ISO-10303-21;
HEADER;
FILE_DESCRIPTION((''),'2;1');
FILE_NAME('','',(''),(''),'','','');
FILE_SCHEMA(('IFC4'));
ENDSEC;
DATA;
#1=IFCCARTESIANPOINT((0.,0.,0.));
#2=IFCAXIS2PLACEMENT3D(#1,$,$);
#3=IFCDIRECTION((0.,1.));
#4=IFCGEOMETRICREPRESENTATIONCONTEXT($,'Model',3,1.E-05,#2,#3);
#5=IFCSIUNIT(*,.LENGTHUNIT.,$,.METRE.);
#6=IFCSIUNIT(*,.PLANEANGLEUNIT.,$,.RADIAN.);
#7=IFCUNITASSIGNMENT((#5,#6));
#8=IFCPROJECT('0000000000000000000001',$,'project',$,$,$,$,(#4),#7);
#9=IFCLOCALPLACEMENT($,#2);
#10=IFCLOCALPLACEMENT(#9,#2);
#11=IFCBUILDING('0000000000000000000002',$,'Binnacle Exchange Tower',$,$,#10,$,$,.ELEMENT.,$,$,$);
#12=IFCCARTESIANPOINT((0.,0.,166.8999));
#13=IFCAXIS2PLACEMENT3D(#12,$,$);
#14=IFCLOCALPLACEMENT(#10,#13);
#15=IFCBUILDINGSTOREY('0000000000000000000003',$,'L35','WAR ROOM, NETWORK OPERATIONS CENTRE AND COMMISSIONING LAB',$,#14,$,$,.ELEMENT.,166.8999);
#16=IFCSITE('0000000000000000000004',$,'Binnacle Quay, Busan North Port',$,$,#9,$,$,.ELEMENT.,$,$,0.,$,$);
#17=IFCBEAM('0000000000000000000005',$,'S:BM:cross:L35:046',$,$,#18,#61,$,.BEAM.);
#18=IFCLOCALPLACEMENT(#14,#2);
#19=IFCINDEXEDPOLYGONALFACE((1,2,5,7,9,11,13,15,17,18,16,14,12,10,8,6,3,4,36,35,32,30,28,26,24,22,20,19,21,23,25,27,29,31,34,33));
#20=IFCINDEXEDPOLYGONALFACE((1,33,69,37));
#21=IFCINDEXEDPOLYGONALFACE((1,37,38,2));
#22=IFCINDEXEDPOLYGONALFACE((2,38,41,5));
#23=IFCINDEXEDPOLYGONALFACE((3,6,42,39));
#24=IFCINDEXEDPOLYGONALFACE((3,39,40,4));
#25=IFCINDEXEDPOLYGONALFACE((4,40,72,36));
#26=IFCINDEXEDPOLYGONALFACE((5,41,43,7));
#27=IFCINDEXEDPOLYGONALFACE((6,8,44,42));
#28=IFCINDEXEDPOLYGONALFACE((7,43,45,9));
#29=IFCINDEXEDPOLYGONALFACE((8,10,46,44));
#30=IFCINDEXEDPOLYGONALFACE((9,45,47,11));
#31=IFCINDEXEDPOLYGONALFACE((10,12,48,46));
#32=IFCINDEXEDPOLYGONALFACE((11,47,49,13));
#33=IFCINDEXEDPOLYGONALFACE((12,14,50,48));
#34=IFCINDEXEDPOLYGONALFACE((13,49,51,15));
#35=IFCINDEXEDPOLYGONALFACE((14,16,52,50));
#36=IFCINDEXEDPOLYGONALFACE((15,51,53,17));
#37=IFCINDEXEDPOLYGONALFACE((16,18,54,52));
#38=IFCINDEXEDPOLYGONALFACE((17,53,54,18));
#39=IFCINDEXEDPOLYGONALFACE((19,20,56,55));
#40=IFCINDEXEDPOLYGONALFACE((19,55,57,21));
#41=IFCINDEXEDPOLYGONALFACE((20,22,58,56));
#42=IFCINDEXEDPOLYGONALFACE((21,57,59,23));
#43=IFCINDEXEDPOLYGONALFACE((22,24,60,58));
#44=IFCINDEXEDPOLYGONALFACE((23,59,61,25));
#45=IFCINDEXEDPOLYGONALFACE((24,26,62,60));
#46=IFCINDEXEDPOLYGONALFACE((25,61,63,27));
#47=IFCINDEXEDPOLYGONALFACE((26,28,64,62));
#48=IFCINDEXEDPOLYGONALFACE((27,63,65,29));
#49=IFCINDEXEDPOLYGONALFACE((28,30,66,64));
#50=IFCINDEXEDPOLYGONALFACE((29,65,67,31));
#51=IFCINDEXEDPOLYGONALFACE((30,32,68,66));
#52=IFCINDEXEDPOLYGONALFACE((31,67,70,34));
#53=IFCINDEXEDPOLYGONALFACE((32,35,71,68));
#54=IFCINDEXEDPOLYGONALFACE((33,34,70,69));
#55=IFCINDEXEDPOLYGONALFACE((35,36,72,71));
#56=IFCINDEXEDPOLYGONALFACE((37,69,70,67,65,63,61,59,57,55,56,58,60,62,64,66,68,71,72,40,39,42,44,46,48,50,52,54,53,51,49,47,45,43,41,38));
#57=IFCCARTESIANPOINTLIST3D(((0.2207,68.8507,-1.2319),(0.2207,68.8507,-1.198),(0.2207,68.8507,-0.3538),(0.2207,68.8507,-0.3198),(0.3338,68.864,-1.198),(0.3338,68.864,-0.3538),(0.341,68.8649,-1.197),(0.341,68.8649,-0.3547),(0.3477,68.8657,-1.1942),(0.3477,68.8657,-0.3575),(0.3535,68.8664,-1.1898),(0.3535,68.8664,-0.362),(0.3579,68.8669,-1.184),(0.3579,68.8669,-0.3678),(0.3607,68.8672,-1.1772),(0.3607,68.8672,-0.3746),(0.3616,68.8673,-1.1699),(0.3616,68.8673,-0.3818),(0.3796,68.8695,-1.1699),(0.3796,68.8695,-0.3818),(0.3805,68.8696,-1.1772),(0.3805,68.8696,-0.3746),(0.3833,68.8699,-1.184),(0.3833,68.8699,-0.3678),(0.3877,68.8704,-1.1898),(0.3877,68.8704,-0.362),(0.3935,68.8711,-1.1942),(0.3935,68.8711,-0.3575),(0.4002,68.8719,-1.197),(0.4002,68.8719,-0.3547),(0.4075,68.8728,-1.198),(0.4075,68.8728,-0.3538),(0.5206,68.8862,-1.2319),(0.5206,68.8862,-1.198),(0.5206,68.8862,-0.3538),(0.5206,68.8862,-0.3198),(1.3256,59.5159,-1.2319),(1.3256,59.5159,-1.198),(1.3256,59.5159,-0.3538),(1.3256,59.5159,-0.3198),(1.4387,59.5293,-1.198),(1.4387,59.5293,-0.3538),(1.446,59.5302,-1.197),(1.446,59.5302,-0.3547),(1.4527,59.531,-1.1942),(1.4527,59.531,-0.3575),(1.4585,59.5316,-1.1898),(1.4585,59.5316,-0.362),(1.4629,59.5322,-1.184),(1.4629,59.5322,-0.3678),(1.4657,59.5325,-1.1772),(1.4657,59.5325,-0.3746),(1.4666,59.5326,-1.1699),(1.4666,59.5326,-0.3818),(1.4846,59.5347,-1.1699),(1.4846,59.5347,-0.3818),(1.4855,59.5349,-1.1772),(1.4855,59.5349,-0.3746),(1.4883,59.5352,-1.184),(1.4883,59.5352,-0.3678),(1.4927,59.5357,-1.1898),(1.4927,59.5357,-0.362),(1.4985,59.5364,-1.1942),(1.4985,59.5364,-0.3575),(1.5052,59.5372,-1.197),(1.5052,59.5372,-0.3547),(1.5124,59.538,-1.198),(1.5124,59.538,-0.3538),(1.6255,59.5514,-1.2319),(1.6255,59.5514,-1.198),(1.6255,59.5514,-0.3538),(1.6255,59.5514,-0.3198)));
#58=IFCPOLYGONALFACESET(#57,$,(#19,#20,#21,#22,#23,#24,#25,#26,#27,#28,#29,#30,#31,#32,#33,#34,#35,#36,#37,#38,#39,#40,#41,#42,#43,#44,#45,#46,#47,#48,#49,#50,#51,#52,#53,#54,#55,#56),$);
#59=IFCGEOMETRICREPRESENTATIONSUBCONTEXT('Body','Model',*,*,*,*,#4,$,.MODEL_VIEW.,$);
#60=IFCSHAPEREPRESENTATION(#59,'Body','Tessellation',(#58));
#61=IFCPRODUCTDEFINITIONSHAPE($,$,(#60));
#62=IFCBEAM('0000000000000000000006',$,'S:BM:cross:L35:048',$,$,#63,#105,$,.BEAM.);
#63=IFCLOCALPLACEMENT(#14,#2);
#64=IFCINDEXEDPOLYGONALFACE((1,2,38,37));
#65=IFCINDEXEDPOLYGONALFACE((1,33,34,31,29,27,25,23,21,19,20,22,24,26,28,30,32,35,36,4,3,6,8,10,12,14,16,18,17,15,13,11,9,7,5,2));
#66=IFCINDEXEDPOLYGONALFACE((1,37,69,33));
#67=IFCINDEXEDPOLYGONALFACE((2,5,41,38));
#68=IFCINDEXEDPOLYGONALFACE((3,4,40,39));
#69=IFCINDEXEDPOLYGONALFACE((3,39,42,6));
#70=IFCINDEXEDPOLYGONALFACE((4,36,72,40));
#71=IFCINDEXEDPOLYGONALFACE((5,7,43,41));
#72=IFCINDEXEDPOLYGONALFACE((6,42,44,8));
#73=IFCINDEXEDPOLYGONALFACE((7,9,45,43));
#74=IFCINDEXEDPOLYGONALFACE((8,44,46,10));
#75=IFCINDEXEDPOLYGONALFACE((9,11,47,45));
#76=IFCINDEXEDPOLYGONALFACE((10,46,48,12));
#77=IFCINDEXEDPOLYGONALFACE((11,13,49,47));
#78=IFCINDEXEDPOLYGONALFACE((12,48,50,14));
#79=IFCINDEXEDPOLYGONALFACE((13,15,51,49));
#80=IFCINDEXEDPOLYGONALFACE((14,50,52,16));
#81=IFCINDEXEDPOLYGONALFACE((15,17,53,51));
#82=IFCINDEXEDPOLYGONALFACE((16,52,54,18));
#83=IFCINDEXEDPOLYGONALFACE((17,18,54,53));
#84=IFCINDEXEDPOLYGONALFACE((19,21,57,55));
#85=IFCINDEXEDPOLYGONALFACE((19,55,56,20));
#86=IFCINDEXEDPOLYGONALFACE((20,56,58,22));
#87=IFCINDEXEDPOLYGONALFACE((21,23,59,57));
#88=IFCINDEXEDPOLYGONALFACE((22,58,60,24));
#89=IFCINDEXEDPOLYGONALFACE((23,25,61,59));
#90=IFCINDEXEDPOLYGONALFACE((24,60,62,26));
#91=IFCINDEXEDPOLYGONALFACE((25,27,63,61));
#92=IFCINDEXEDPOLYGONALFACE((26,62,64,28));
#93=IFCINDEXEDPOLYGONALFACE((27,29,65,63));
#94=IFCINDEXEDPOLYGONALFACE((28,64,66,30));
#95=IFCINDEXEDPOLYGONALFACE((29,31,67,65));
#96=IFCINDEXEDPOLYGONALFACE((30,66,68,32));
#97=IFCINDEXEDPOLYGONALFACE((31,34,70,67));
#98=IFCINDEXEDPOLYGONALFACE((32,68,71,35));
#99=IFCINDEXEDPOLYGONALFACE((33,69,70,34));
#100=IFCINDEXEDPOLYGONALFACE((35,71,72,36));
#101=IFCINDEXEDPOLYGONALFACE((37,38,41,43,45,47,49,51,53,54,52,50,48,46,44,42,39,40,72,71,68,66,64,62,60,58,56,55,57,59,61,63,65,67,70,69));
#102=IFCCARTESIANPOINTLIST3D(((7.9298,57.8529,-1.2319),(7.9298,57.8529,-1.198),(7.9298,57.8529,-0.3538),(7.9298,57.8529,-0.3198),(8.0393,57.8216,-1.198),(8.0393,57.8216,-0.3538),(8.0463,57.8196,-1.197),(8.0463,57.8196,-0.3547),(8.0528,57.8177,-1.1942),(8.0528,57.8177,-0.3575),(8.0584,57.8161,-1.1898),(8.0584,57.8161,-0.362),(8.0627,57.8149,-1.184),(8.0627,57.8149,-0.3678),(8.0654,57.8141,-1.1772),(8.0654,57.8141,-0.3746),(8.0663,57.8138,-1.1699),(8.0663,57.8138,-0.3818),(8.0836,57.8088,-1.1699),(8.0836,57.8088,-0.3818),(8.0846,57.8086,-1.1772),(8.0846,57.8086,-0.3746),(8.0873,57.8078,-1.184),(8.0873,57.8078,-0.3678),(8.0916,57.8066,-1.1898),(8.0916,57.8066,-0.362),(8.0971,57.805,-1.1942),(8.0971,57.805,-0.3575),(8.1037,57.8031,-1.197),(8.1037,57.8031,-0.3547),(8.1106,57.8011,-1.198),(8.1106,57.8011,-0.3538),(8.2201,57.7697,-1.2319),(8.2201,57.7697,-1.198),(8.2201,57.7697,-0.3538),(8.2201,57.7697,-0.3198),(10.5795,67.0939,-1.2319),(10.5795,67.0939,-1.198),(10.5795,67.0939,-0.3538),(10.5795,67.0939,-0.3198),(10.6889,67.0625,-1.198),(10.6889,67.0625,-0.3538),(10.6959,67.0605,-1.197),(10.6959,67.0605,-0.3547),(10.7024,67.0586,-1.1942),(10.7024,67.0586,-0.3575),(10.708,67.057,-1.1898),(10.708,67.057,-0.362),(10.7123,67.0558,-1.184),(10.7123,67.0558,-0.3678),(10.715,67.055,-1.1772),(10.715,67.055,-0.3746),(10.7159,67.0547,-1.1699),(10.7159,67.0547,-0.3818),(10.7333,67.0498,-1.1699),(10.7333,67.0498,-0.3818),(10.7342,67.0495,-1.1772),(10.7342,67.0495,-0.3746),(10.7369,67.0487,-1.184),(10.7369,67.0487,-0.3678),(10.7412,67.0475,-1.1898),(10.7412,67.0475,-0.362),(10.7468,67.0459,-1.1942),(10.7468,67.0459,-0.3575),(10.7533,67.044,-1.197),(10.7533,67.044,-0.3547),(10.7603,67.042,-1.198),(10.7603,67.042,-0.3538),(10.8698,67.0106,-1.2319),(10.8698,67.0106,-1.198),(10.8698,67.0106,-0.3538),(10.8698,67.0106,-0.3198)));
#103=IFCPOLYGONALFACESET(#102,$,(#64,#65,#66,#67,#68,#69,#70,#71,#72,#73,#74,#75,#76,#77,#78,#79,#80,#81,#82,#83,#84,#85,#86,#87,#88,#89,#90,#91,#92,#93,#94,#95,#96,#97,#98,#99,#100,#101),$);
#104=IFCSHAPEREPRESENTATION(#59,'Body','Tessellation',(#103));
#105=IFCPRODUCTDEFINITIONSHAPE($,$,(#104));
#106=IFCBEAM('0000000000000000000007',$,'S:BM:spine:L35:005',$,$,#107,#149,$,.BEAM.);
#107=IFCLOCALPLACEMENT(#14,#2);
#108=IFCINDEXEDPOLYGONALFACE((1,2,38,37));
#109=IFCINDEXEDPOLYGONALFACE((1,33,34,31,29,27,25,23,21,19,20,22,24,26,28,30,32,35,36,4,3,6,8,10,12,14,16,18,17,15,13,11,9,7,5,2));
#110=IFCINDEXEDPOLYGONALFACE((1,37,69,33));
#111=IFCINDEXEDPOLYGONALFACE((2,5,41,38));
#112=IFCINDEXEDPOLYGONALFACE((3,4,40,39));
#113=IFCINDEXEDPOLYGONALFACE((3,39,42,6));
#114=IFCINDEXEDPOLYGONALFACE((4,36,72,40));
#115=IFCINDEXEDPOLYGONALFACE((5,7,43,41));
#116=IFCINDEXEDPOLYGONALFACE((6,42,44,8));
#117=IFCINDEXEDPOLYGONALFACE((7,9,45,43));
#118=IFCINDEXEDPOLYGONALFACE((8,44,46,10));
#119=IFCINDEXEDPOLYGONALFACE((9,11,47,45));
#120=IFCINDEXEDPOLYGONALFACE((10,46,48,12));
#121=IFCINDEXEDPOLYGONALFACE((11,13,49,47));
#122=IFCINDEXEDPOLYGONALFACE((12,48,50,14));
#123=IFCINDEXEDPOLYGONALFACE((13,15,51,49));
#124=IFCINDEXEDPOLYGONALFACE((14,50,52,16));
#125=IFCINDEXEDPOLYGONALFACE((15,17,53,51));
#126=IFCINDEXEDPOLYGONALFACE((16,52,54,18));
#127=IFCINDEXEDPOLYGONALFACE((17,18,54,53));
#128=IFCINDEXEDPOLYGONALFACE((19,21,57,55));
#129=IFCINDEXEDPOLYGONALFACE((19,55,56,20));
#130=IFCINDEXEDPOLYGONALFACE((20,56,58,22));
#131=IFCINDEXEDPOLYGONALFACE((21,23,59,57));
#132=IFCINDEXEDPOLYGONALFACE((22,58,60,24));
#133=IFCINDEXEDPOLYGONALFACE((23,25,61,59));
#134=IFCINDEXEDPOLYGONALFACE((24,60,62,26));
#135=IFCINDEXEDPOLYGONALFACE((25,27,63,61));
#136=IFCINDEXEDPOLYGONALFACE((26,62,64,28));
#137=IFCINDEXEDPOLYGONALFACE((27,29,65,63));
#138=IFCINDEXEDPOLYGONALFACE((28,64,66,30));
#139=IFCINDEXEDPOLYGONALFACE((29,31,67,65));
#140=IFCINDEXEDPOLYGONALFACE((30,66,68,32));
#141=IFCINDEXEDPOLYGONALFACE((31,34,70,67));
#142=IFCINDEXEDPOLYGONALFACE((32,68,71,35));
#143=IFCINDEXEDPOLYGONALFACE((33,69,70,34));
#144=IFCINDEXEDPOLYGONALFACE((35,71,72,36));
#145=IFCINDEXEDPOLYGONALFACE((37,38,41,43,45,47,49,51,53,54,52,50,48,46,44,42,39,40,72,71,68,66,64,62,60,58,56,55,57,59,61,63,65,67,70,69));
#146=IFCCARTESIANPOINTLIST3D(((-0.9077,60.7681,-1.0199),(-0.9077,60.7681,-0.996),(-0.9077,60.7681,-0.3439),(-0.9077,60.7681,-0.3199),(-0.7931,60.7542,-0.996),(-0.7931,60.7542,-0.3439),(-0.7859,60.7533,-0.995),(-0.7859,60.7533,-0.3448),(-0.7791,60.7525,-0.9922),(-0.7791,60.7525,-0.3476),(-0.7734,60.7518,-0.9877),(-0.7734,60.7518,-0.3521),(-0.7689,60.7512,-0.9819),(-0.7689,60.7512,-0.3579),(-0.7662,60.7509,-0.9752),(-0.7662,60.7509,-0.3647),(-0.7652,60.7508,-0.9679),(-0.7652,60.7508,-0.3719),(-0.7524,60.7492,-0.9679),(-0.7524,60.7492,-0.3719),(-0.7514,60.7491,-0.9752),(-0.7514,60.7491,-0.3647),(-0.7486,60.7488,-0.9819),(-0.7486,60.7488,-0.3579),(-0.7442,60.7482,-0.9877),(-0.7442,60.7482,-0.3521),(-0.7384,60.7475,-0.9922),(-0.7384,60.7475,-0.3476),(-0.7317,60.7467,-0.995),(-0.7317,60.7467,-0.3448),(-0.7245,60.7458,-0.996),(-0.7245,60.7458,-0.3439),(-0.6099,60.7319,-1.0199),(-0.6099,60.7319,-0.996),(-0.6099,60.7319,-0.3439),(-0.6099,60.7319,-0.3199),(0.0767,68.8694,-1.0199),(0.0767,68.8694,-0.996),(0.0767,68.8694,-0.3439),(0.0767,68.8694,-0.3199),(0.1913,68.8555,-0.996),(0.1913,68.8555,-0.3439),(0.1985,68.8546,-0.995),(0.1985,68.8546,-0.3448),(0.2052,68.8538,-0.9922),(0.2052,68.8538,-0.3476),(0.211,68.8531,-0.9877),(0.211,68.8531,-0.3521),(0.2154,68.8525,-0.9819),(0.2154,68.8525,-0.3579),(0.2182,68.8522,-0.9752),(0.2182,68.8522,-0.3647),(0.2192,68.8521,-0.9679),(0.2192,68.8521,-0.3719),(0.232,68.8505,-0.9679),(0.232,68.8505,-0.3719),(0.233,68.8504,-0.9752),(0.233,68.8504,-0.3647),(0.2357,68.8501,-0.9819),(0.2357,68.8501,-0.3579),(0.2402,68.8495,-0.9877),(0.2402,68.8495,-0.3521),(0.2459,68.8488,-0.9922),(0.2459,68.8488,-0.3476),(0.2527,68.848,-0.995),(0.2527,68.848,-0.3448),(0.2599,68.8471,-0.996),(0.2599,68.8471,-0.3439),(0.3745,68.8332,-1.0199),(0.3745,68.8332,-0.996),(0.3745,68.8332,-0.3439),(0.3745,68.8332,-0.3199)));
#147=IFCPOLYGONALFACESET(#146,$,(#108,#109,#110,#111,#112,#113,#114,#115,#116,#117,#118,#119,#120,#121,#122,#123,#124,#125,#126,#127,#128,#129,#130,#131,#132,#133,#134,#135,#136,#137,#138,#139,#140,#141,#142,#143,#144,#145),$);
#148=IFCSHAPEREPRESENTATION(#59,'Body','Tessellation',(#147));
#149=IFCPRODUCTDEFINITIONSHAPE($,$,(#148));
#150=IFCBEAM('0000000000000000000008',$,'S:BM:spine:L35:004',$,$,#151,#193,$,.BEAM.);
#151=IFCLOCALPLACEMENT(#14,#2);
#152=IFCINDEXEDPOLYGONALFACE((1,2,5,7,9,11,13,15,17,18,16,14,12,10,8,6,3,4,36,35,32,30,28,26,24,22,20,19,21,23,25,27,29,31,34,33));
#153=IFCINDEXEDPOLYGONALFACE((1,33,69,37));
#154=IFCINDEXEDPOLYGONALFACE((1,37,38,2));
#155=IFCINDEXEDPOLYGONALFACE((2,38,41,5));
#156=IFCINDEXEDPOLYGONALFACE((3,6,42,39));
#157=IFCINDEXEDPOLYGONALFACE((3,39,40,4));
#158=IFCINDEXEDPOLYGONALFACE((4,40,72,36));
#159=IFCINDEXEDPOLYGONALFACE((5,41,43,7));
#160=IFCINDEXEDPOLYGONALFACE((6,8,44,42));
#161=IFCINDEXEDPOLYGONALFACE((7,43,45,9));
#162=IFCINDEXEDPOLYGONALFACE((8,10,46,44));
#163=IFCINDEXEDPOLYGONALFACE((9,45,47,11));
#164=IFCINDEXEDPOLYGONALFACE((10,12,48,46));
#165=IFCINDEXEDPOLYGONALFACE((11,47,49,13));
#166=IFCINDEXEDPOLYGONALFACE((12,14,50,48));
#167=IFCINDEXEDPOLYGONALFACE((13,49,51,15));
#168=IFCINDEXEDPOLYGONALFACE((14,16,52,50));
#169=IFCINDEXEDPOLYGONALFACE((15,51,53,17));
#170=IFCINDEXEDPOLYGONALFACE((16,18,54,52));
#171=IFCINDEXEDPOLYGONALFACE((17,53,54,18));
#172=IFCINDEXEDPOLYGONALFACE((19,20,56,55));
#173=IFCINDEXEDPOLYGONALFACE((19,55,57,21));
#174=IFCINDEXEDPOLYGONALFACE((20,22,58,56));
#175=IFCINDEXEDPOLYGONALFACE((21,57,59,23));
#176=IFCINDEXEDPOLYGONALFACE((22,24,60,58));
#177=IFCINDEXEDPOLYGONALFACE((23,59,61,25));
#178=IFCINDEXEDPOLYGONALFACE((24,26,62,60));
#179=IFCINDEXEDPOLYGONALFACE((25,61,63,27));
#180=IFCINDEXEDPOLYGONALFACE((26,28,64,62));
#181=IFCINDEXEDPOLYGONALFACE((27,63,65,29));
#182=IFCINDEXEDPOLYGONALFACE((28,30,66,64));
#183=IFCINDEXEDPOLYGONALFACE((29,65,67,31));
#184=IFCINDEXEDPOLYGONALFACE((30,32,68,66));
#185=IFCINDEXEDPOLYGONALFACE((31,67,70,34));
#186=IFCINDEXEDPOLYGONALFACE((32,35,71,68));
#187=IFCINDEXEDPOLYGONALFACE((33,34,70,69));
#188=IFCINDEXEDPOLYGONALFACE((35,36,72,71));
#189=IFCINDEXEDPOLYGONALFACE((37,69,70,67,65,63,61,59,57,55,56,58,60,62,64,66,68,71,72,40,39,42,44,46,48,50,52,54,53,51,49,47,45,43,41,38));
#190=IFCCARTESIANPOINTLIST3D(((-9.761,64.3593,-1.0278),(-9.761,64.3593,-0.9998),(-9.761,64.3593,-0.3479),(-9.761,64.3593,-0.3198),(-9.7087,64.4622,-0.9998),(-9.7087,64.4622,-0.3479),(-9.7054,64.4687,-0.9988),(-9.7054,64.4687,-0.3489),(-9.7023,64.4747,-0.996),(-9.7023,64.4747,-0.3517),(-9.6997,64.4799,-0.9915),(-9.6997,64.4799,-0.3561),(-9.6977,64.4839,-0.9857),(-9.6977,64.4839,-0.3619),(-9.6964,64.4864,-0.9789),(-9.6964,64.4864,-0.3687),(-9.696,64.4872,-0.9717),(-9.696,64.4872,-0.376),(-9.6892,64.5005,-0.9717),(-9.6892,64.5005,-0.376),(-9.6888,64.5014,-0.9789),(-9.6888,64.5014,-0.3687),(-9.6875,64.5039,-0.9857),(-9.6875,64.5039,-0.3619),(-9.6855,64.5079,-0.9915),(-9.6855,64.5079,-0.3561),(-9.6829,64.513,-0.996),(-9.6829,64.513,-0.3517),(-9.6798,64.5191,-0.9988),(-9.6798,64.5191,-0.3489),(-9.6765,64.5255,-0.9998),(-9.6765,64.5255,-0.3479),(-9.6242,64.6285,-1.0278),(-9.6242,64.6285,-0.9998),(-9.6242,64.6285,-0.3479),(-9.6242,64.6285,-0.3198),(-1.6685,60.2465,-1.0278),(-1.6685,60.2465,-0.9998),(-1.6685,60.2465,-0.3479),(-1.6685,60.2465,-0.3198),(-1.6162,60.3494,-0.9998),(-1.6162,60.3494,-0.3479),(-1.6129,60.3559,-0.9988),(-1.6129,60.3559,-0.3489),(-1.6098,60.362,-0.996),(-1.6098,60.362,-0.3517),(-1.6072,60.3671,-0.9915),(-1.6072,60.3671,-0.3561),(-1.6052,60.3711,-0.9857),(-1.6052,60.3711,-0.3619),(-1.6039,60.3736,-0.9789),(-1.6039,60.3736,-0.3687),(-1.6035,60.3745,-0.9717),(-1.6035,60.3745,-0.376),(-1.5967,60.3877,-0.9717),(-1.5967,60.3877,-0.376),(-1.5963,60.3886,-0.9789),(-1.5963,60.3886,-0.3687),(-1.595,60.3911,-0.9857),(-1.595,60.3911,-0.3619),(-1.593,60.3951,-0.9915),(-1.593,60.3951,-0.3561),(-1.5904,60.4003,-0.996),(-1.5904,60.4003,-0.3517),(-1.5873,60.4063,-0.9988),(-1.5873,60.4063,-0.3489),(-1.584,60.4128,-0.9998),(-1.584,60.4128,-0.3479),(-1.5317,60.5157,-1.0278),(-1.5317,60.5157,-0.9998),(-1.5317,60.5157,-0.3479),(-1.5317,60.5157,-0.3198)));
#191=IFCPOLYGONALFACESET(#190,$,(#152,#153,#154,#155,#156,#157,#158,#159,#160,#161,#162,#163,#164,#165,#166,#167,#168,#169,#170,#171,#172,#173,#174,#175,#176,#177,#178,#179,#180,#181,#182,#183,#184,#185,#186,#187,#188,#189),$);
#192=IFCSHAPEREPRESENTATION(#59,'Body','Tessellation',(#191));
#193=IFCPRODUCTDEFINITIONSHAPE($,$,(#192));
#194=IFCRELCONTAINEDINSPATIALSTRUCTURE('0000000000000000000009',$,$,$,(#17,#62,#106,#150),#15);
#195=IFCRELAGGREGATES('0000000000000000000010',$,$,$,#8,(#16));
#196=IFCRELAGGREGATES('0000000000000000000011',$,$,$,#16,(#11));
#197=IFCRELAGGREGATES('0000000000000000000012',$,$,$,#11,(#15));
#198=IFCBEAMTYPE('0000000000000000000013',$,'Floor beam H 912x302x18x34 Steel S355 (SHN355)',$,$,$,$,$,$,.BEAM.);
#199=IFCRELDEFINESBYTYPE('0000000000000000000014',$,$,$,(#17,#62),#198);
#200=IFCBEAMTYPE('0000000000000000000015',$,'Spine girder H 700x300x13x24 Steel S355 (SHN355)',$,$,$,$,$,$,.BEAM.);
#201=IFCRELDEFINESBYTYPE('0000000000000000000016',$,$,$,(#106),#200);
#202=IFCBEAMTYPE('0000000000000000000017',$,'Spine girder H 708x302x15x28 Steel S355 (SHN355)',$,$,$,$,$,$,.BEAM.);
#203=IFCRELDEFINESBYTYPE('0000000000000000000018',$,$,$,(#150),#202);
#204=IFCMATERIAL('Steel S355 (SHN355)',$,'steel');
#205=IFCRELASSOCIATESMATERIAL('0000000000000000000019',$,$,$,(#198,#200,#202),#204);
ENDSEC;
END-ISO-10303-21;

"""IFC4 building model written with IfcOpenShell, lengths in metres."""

from ifc_helpers import new_model, si_unit, direction, frame, origin, origin_2d, place, context, subcontext, project, spatial, i_section, extrude, material, material_profile, profile_set, type_object, element, save


model = new_model("IFC4")

# Units and contexts
model_context = context("Model", 3, precision=1e-05, world=origin(), true_north=direction((0.0, 1.0)))
body_context = subcontext(model_context, "Body", "Model", "MODEL_VIEW")
ifc_project = project(units=[si_unit("LENGTHUNIT", "METRE"), si_unit("PLANEANGLEUNIT", "RADIAN")], contexts=[model_context])

# Site, building, storey
site_placement = place(None, origin())
site = spatial("IfcSite", under=ifc_project, at=site_placement, Name="Binnacle Quay, Busan North Port", CompositionType="ELEMENT", RefElevation=0.0)
building_placement = place(site_placement, origin())
building = spatial("IfcBuilding", under=site, at=building_placement, Name="Binnacle Exchange Tower", CompositionType="ELEMENT")
storey_placement = place(building_placement, frame((0.0, 0.0, 166.8999)))
storey = spatial("IfcBuildingStorey", under=building, at=storey_placement, Name="L35", Description="WAR ROOM, NETWORK OPERATIONS CENTRE AND COMMISSIONING LAB", CompositionType="ELEMENT", Elevation=166.8999)

# Beams
ifc_material_1 = material(Name="Steel S355 (SHN355)", Category="steel")
ifc_material_profile_1 = material_profile(ifc_material_1, i_section(OverallWidth=0.302, OverallDepth=0.9121, WebThickness=0.0181, FlangeThickness=0.0339, FilletRadius=0.0281, at=origin_2d()), Name="H 912x302x18x34")
ifc_profile_set_1 = profile_set([ifc_material_profile_1], Name="Steel S355 (SHN355)")
beam_type_1 = type_object("IfcBeamType", Name="Floor beam H 912x302x18x34 Steel S355 (SHN355)", PredefinedType="BEAM", material=ifc_profile_set_1)
beam_1_placement = place(storey_placement, frame((0.3706, 68.8684, -0.7759), z_axis=(0.117552, -0.993067, 0.0), x_axis=(0.993067, 0.117552, 0.0)))
element("IfcBeam", 1, at=beam_1_placement, inside=storey, type_object=beam_type_1, Name="S:BM:cross:L35:046", PredefinedType="BEAM", context=body_context, shape_type="SweptSolid", body=[
    extrude(i_section(OverallWidth=0.302, OverallDepth=0.9121, WebThickness=0.0181, FlangeThickness=0.0339, FilletRadius=0.0281, at=origin_2d()), origin(), (0.0, 0.0, 1.0), 9.3999),
])
beam_2_placement = place(storey_placement, frame((10.7246, 67.0522, -0.7759), z_axis=(-0.275623, -0.961266, 0.0), x_axis=(0.961266, -0.275623, 0.0)))
element("IfcBeam", 2, at=beam_2_placement, inside=storey, type_object=beam_type_1, Name="S:BM:cross:L35:048", PredefinedType="BEAM", context=body_context, shape_type="SweptSolid", body=[
    extrude(i_section(OverallWidth=0.302, OverallDepth=0.9121, WebThickness=0.0181, FlangeThickness=0.0339, FilletRadius=0.0281, at=origin_2d()), origin(), (0.0, 0.0, 1.0), 9.6133),
])
ifc_material_profile_2 = material_profile(ifc_material_1, i_section(OverallWidth=0.3, OverallDepth=0.7, WebThickness=0.0129, FlangeThickness=0.0239, FilletRadius=0.0281, at=origin_2d()), Name="H 700x300x13x24")
ifc_profile_set_2 = profile_set([ifc_material_profile_2], Name="Steel S355 (SHN355)")
beam_type_2 = type_object("IfcBeamType", Name="Spine girder H 700x300x13x24 Steel S355 (SHN355)", PredefinedType="BEAM", material=ifc_profile_set_2)
beam_3_placement = place(storey_placement, frame((-0.7588, 60.75, -0.6699), z_axis=(0.120621, 0.992699, 0.0), x_axis=(-0.992699, 0.120621, 0.0)))
element("IfcBeam", 3, at=beam_3_placement, inside=storey, type_object=beam_type_2, Name="S:BM:spine:L35:005", PredefinedType="BEAM", context=body_context, shape_type="SweptSolid", body=[
    extrude(i_section(OverallWidth=0.3, OverallDepth=0.7, WebThickness=0.0129, FlangeThickness=0.0239, FilletRadius=0.0281, at=origin_2d()), origin(), (0.0, 0.0, 1.0), 8.1609),
])
ifc_material_profile_3 = material_profile(ifc_material_1, i_section(OverallWidth=0.302, OverallDepth=0.708, WebThickness=0.0149, FlangeThickness=0.0281, FilletRadius=0.0281, at=origin_2d()), Name="H 708x302x15x28")
ifc_profile_set_3 = profile_set([ifc_material_profile_3], Name="Steel S355 (SHN355)")
beam_type_3 = type_object("IfcBeamType", Name="Spine girder H 708x302x15x28 Steel S355 (SHN355)", PredefinedType="BEAM", material=ifc_profile_set_3)
beam_4_placement = place(storey_placement, frame((-1.6001, 60.3811, -0.6738), z_axis=(-0.891476, 0.453067, 0.0), x_axis=(-0.453067, -0.891476, 0.0)))
element("IfcBeam", 4, at=beam_4_placement, inside=storey, type_object=beam_type_3, Name="S:BM:spine:L35:004", PredefinedType="BEAM", context=body_context, shape_type="SweptSolid", body=[
    extrude(i_section(OverallWidth=0.302, OverallDepth=0.708, WebThickness=0.0149, FlangeThickness=0.0281, FilletRadius=0.0281, at=origin_2d()), origin(), (0.0, 0.0, 1.0), 9.0776),
])

save(model, "model.ifc")
